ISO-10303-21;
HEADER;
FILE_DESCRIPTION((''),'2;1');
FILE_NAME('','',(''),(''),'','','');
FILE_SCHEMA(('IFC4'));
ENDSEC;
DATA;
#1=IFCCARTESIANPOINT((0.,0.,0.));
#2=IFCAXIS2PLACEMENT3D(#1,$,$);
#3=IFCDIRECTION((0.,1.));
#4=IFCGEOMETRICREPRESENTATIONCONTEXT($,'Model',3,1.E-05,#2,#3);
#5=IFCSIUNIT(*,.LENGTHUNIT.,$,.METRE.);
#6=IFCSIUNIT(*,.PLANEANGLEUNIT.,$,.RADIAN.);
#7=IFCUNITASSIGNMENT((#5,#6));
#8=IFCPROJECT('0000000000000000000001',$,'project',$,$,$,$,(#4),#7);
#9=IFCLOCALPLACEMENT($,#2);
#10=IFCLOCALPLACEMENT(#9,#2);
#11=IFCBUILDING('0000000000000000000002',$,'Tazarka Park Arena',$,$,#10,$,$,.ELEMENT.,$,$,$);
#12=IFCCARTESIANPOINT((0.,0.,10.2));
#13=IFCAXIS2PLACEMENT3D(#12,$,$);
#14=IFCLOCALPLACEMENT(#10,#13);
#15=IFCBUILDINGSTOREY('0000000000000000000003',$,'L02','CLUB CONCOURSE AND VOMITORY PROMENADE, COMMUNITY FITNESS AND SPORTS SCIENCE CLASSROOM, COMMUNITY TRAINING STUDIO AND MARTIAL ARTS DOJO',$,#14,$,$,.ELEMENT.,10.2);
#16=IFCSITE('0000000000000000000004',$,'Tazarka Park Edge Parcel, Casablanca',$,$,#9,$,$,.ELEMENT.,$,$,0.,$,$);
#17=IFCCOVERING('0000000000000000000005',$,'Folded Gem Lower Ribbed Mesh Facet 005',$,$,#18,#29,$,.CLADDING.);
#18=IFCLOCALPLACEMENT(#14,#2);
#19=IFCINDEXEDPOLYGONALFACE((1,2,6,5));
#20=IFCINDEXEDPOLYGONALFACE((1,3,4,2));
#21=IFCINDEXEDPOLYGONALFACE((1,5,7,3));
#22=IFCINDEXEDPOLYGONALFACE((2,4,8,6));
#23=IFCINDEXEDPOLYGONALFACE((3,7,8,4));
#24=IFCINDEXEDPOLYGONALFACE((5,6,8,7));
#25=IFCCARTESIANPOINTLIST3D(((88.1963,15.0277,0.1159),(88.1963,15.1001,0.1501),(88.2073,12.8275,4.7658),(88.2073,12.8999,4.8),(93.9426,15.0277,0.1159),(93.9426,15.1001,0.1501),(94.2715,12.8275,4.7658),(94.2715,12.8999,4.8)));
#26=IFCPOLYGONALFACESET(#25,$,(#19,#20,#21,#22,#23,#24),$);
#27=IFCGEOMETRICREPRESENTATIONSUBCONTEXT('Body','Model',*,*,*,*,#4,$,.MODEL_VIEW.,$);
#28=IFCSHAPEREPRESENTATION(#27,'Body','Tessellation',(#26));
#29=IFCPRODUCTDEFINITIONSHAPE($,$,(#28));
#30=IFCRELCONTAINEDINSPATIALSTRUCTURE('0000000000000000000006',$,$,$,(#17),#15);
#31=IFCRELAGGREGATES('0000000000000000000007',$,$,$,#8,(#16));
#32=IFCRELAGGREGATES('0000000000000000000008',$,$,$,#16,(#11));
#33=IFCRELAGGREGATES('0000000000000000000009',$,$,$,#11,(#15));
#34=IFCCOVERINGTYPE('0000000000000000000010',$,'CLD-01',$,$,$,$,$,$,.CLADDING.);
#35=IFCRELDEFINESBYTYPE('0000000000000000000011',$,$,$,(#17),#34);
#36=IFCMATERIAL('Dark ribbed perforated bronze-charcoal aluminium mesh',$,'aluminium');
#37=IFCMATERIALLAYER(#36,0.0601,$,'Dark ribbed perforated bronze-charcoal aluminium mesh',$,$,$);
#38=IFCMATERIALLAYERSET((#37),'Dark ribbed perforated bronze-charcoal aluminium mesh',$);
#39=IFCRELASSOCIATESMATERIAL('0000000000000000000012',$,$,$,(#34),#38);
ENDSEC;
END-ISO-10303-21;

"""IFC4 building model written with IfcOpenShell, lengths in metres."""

from ifc_helpers import new_model, si_unit, direction, frame, origin, place, context, subcontext, project, spatial, polyline, outline, extrude, material, layer, layer_set, type_object, element, save


model = new_model("IFC4")

# Units and contexts
model_context = context("Model", 3, precision=1e-05, world=origin(), true_north=direction((0.0, 1.0)))
body_context = subcontext(model_context, "Body", "Model", "MODEL_VIEW")
ifc_project = project(units=[si_unit("LENGTHUNIT", "METRE"), si_unit("PLANEANGLEUNIT", "RADIAN")], contexts=[model_context])

# Site, building, storey
site_placement = place(None, origin())
site = spatial("IfcSite", under=ifc_project, at=site_placement, Name="Tazarka Park Edge Parcel, Casablanca", CompositionType="ELEMENT", RefElevation=0.0)
building_placement = place(site_placement, origin())
building = spatial("IfcBuilding", under=site, at=building_placement, Name="Tazarka Park Arena", CompositionType="ELEMENT")
storey_placement = place(building_placement, frame((0.0, 0.0, 10.2)))
storey = spatial("IfcBuildingStorey", under=building, at=storey_placement, Name="L02", Description="CLUB CONCOURSE AND VOMITORY PROMENADE, COMMUNITY FITNESS AND SPORTS SCIENCE CLASSROOM, COMMUNITY TRAINING STUDIO AND MARTIAL ARTS DOJO", CompositionType="ELEMENT", Elevation=10.2)

# Covering
ifc_material_1 = material(Name="Dark ribbed perforated bronze-charcoal aluminium mesh", Category="aluminium")
ifc_layer_1 = layer(ifc_material_1, 0.0601, Name="Dark ribbed perforated bronze-charcoal aluminium mesh")
ifc_layer_set_1 = layer_set([ifc_layer_1], Name="Dark ribbed perforated bronze-charcoal aluminium mesh")
covering_type = type_object("IfcCoveringType", Name="CLD-01", PredefinedType="CLADDING", material=ifc_layer_set_1)
covering_1_placement = place(storey_placement, frame((88.1963, 15.1001, 0.1501), z_axis=(0.0, 0.903918, 0.427707), x_axis=(1.0, 0.0, 0.0)))
element("IfcCovering", 1, at=covering_1_placement, inside=storey, type_object=covering_type, Name="Folded Gem Lower Ribbed Mesh Facet 005", PredefinedType="CLADDING", context=body_context, shape_type="SweptSolid", body=[
    extrude(outline(polyline([(0.0, 0.0), (5.7463, 0.0), (6.0752, -5.1442), (0.011, -5.1442), (0.0, 0.0)])), origin(), (0.0, 0.0, -1.0), 0.0801),
])

save(model, "model.ifc")
